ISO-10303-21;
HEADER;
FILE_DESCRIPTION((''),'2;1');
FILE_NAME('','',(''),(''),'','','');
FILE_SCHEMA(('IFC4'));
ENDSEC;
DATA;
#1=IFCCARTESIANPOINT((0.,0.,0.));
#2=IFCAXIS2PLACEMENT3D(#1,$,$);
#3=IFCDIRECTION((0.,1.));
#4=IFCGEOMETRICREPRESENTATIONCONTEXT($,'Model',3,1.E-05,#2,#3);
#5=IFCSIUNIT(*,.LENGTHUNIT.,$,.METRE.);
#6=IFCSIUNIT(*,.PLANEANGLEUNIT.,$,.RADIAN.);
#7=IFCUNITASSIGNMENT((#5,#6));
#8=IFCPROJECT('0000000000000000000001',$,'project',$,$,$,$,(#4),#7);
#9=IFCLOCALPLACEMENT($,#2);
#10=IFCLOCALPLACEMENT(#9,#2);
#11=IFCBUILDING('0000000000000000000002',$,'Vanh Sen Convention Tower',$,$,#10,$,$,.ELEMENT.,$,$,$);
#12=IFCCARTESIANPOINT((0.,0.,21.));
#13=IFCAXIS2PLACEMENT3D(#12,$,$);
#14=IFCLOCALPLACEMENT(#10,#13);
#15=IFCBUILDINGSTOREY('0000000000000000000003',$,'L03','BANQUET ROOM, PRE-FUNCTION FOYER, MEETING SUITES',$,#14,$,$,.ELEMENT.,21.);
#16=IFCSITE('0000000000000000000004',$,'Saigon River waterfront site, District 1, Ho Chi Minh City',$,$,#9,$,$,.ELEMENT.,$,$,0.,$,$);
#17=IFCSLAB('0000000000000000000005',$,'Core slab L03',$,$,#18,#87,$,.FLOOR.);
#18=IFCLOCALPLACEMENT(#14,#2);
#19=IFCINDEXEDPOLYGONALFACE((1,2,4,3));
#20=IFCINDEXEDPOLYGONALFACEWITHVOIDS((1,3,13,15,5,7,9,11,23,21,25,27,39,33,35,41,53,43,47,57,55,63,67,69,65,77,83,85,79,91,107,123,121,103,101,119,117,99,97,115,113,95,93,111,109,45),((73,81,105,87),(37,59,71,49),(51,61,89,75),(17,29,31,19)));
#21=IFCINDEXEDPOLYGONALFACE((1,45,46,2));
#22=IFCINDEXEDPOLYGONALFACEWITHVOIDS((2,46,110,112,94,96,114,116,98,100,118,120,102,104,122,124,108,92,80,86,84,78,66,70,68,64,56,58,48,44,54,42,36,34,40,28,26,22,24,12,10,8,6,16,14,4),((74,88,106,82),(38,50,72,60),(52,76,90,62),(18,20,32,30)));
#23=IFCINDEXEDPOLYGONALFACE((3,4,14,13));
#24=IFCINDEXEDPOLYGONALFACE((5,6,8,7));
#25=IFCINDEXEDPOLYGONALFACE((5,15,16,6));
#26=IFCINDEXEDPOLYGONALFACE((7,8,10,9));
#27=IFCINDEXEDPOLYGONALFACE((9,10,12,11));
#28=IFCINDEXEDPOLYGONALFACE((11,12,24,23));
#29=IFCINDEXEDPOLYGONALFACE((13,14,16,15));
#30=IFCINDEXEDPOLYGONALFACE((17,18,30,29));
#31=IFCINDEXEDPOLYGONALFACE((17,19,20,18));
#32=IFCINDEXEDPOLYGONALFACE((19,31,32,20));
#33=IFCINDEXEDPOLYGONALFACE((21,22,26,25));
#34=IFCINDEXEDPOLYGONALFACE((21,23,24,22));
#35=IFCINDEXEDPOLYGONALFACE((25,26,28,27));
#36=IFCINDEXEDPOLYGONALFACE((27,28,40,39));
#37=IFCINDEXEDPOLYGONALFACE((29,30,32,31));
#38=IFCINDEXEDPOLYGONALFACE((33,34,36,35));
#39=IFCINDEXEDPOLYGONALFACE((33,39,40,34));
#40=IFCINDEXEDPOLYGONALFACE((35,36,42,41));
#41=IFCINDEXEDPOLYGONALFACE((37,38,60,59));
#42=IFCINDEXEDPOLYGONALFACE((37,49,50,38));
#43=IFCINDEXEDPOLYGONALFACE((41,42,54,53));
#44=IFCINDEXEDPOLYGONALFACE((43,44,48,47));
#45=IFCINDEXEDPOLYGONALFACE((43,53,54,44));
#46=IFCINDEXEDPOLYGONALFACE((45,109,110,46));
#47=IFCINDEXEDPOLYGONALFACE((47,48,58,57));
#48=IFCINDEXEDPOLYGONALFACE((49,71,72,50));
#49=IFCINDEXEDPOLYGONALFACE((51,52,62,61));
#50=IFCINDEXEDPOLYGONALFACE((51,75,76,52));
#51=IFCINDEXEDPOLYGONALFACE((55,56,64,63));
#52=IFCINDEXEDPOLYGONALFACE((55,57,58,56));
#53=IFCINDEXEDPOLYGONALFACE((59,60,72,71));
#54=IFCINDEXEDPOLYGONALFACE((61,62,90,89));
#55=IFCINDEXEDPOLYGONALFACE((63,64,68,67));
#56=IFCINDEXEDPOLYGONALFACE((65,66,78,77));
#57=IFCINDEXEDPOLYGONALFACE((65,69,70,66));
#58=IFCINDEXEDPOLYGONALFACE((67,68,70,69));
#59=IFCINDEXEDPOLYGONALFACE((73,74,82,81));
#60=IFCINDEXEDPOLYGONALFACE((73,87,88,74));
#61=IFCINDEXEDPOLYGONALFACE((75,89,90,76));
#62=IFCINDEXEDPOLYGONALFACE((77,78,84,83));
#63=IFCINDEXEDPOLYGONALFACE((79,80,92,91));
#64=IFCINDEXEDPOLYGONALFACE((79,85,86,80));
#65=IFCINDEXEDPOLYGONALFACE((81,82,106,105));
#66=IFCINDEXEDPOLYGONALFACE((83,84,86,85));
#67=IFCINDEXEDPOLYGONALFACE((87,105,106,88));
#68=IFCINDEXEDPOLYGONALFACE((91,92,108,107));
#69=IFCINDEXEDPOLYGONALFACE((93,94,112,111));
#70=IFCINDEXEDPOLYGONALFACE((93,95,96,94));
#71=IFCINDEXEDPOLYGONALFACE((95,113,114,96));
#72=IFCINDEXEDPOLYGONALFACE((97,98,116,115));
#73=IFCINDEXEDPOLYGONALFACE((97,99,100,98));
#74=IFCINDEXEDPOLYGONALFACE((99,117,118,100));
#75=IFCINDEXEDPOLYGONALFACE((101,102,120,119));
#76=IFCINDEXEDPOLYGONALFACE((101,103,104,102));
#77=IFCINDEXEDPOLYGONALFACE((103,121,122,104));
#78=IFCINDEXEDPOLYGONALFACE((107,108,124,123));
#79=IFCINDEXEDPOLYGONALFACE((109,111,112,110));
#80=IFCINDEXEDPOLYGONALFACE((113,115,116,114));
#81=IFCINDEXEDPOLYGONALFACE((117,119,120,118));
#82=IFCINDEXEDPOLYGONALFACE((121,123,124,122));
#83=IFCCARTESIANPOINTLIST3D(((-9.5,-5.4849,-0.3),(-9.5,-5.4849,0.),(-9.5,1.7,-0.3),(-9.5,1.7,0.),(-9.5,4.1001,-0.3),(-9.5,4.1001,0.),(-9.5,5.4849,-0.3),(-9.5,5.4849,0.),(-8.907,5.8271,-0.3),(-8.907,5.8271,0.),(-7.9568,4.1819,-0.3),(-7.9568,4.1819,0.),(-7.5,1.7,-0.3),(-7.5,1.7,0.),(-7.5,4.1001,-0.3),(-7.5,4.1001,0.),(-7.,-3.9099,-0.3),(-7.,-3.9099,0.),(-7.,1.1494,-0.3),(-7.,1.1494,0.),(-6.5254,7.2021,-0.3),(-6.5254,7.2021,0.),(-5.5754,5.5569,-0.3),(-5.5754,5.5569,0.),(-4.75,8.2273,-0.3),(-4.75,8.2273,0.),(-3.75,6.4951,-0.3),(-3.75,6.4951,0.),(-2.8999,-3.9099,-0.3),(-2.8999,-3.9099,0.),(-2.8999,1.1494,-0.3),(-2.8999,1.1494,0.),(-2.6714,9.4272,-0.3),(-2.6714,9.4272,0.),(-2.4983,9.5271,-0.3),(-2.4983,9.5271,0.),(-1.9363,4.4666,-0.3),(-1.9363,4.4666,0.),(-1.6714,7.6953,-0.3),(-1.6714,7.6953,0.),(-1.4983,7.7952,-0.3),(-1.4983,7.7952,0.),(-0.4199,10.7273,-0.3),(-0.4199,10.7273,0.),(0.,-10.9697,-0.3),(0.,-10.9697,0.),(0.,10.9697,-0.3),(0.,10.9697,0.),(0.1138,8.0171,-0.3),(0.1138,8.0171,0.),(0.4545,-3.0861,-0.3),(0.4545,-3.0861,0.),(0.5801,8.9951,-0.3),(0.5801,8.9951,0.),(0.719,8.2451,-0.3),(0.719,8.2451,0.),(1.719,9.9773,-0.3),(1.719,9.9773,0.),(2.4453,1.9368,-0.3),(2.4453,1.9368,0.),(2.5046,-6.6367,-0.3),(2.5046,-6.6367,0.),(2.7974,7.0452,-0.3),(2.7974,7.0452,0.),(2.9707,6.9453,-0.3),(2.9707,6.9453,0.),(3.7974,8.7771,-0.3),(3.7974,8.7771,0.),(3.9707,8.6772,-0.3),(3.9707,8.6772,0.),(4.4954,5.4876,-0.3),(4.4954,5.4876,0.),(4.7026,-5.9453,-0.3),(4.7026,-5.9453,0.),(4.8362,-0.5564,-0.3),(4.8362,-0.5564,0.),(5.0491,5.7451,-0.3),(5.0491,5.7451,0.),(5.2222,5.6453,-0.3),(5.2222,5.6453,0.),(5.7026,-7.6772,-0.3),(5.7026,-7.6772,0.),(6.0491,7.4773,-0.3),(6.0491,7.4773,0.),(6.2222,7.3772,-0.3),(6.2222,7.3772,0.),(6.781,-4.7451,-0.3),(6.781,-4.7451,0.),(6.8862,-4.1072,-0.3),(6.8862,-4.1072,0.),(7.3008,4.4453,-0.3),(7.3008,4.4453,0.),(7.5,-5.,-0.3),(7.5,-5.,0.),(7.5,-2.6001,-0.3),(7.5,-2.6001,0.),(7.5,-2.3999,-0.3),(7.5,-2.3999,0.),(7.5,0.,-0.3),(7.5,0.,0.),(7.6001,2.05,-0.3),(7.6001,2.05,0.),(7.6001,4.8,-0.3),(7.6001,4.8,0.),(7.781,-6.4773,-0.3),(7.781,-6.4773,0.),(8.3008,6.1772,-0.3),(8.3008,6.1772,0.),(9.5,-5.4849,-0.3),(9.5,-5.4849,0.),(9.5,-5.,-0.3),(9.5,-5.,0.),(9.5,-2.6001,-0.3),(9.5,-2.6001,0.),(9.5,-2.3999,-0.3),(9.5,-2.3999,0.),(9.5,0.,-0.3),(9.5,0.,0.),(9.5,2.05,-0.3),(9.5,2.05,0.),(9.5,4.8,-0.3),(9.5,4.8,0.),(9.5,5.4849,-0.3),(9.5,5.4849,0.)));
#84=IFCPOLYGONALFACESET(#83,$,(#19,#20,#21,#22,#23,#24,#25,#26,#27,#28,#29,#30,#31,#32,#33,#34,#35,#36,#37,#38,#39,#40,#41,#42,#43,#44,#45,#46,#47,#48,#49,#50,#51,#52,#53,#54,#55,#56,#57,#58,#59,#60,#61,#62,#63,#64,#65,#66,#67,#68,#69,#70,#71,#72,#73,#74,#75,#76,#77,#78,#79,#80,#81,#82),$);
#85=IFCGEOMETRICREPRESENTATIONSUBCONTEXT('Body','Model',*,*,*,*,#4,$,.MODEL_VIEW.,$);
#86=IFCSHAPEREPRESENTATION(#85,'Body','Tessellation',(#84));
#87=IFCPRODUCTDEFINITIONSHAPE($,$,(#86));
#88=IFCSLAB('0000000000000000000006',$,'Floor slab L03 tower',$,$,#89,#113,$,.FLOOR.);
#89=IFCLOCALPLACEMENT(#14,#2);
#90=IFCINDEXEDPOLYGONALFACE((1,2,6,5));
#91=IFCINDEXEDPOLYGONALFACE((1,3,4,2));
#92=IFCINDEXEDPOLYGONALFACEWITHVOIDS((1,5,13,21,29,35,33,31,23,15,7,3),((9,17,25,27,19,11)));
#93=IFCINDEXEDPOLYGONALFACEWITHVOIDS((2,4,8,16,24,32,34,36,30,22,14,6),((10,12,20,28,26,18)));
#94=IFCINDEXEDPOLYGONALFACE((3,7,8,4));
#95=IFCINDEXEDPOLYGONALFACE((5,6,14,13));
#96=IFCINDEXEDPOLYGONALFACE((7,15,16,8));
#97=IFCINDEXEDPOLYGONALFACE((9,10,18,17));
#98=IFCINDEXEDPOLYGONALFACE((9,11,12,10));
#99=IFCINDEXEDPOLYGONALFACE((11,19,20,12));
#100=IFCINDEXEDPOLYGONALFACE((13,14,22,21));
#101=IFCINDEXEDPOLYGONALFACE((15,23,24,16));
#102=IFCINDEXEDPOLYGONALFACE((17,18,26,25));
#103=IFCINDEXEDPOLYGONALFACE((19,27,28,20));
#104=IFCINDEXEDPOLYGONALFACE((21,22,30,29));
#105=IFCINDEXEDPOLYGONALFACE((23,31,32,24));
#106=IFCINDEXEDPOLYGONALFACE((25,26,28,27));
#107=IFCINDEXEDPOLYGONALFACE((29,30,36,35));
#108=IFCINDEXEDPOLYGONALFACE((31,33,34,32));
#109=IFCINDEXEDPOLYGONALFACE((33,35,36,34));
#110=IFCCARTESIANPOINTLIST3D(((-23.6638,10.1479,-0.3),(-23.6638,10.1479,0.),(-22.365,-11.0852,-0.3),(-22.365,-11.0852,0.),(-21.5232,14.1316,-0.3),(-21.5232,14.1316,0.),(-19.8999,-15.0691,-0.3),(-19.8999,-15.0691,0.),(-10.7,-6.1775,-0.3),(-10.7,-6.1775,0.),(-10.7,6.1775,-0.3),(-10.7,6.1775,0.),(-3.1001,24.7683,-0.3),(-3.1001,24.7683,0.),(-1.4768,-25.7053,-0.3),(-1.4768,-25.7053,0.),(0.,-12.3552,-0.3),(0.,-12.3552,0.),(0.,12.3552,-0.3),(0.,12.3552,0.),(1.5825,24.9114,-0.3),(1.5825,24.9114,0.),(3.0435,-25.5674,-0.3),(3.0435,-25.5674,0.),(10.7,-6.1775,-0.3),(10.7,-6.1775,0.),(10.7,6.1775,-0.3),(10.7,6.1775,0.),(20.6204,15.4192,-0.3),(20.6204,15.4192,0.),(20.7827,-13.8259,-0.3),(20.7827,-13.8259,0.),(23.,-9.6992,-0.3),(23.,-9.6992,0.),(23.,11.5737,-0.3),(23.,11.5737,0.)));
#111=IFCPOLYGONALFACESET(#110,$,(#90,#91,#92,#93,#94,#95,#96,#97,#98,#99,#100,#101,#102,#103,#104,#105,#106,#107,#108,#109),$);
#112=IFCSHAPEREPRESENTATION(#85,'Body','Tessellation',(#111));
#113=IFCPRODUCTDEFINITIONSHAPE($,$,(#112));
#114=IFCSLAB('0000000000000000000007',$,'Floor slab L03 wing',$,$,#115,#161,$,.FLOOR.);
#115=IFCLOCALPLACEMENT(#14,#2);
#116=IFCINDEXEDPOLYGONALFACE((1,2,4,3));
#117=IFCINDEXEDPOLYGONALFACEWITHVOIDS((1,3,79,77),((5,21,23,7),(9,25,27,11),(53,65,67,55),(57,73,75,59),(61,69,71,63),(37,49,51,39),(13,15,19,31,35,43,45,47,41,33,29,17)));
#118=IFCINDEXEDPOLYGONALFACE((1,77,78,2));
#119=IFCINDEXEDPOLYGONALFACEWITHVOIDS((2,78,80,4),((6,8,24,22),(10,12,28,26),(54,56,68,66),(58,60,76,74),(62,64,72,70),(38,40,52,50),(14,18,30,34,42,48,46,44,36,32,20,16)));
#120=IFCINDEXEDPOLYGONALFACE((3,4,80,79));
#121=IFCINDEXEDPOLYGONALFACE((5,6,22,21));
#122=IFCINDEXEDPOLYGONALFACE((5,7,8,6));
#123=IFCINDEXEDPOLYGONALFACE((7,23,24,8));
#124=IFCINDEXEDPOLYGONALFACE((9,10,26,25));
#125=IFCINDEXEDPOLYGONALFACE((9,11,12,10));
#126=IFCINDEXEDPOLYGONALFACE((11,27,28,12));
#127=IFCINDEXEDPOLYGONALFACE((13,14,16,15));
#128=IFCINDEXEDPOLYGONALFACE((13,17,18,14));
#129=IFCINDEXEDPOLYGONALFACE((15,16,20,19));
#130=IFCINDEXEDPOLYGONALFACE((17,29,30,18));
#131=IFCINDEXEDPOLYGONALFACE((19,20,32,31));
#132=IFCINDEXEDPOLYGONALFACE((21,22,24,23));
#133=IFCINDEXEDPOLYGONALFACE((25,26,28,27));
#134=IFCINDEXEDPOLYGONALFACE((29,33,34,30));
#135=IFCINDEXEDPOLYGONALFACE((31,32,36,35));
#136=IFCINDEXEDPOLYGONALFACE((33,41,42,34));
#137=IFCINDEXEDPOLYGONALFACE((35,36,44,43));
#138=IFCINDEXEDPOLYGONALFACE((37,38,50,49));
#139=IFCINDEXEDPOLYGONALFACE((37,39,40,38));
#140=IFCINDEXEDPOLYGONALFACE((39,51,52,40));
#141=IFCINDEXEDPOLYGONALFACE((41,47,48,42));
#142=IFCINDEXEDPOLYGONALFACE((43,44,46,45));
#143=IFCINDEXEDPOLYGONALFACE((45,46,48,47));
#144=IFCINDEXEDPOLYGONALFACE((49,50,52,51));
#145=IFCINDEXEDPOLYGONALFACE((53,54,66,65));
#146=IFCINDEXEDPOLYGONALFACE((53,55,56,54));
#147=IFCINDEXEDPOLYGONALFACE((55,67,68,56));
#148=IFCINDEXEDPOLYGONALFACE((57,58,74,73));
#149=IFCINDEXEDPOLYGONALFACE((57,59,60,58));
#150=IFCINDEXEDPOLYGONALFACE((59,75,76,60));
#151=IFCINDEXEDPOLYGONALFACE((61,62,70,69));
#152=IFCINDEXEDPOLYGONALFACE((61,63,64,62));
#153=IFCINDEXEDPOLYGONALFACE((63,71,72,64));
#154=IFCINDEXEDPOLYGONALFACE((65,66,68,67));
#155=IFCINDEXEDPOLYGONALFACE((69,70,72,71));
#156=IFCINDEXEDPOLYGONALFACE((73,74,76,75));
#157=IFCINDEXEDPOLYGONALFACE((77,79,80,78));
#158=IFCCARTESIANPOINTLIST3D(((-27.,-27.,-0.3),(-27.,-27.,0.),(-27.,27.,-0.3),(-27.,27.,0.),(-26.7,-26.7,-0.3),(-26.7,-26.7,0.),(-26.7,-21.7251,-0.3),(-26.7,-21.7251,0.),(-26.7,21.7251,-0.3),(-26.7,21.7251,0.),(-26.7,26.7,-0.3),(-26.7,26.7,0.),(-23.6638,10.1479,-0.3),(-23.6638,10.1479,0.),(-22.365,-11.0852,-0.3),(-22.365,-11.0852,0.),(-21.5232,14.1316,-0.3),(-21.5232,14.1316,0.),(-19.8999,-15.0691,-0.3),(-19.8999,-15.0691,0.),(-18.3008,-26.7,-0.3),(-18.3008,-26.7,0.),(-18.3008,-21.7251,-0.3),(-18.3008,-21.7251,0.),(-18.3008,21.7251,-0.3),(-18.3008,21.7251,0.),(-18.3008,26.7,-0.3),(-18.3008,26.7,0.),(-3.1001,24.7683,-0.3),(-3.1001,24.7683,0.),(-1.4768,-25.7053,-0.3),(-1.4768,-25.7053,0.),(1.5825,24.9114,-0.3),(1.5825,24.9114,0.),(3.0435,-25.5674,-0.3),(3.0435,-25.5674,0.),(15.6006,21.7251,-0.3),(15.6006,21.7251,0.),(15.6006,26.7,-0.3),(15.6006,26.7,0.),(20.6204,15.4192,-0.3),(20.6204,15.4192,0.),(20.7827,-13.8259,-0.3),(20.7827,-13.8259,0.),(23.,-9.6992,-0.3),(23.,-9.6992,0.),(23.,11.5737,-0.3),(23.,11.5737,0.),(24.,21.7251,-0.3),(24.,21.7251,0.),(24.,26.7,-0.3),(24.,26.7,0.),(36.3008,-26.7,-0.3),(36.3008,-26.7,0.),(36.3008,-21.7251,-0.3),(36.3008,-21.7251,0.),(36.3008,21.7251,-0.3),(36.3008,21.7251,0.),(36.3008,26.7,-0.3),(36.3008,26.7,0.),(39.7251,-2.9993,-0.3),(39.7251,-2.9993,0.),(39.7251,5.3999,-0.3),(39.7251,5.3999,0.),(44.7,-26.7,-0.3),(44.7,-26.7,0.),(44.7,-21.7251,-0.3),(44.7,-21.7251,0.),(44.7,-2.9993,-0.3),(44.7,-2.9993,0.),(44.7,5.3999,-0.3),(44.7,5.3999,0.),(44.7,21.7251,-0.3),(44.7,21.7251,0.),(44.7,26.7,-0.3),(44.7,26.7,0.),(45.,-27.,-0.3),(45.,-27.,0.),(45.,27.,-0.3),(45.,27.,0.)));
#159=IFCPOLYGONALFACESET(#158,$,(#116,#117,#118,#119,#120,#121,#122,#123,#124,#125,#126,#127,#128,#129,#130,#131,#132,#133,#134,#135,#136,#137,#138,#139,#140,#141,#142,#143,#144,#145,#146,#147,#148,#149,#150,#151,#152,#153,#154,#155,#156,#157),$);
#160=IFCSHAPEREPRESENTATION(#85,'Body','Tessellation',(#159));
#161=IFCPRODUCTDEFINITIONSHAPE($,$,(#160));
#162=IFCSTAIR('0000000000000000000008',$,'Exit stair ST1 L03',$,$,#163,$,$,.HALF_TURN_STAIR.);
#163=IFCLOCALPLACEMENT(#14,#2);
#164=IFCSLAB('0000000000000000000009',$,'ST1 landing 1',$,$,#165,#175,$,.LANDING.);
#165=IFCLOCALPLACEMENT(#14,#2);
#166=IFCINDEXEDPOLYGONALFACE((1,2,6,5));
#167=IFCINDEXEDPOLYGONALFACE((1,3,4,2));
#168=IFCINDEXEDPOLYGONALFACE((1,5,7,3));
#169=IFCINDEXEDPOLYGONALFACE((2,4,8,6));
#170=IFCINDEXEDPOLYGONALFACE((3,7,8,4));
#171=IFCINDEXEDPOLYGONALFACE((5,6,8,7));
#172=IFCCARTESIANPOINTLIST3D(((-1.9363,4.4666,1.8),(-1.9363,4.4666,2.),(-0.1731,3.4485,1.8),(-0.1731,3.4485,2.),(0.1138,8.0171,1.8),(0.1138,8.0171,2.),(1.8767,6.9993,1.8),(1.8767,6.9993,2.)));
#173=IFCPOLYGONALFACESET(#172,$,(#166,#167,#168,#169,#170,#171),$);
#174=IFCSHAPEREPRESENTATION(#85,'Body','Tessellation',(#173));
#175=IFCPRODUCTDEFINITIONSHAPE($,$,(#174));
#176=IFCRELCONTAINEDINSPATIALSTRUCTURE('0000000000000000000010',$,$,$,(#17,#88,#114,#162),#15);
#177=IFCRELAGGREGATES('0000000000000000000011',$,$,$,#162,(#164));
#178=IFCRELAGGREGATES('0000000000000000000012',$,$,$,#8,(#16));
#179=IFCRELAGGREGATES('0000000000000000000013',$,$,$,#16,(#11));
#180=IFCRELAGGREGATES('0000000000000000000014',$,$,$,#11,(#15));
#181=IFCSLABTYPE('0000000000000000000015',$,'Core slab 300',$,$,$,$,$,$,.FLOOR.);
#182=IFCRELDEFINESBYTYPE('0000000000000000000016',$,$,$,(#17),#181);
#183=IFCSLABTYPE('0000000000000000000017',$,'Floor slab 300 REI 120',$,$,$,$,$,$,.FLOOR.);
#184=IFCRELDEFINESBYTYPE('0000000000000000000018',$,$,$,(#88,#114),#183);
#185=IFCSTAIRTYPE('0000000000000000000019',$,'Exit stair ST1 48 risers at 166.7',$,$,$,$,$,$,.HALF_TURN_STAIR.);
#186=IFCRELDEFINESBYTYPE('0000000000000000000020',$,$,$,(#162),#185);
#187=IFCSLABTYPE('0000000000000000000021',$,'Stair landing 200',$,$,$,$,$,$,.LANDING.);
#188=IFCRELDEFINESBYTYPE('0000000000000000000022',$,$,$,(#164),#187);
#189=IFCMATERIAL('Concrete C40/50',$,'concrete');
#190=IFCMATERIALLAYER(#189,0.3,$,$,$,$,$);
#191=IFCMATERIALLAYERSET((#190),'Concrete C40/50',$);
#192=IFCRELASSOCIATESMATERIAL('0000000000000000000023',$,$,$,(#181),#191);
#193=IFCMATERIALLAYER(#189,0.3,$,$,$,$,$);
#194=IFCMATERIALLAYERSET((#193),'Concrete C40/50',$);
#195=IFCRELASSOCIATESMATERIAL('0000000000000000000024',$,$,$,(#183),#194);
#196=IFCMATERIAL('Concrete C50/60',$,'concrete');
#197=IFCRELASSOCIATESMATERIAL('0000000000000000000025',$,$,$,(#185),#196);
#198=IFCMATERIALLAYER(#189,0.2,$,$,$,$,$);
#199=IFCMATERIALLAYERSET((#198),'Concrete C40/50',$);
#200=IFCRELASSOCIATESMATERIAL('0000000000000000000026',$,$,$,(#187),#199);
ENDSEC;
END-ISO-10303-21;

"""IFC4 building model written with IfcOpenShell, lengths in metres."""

from ifc_helpers import new_model, si_unit, direction, frame, origin, place, context, subcontext, project, spatial, polyline, outline, extrude, material, layer, layer_set, type_object, element, aggregate, save


model = new_model("IFC4")

# Units and contexts
model_context = context("Model", 3, precision=1e-05, world=origin(), true_north=direction((0.0, 1.0)))
body_context = subcontext(model_context, "Body", "Model", "MODEL_VIEW")
ifc_project = project(units=[si_unit("LENGTHUNIT", "METRE"), si_unit("PLANEANGLEUNIT", "RADIAN")], contexts=[model_context])

# Site, building, storey
site_placement = place(None, origin())
site = spatial("IfcSite", under=ifc_project, at=site_placement, Name="Saigon River waterfront site, District 1, Ho Chi Minh City", CompositionType="ELEMENT", RefElevation=0.0)
building_placement = place(site_placement, origin())
building = spatial("IfcBuilding", under=site, at=building_placement, Name="Vanh Sen Convention Tower", CompositionType="ELEMENT")
storey_placement = place(building_placement, frame((0.0, 0.0, 21.0)))
storey = spatial("IfcBuildingStorey", under=building, at=storey_placement, Name="L03", Description="BANQUET ROOM, PRE-FUNCTION FOYER, MEETING SUITES", CompositionType="ELEMENT", Elevation=21.0)

# Slabs
ifc_material_1 = material(Name="Concrete C40/50", Category="concrete")
ifc_layer_1 = layer(ifc_material_1, 0.3)
ifc_layer_set_1 = layer_set([ifc_layer_1], Name="Concrete C40/50")
slab_type_1 = type_object("IfcSlabType", Name="Core slab 300", PredefinedType="FLOOR", material=ifc_layer_set_1)
slab_1_placement = place(storey_placement, frame((0.0, 0.0, -0.3)))
element("IfcSlab", 1, at=slab_1_placement, inside=storey, type_object=slab_type_1, Name="Core slab L03", PredefinedType="FLOOR", context=body_context, shape_type="SweptSolid", body=[
    extrude(outline(polyline([(9.5, 5.4849), (9.5, 4.8), (7.6001, 4.8), (7.6001, 2.05), (9.5, 2.05), (9.5, 0.0), (7.5, 0.0), (7.5, -2.3999), (9.5, -2.3999), (9.5, -2.6001), (7.5, -2.6001), (7.5, -5.0), (9.5, -5.0), (9.5, -5.4849), (0.0, -10.9697), (-9.5, -5.4849), (-9.5, 1.7), (-7.5, 1.7), (-7.5, 4.1001), (-9.5, 4.1001), (-9.5, 5.4849), (-8.907, 5.8271), (-7.9568, 4.1819), (-5.5754, 5.5569), (-6.5254, 7.2021), (-4.75, 8.2273), (-3.75, 6.4951), (-1.6714, 7.6953), (-2.6714, 9.4272), (-2.4983, 9.5271), (-1.4983, 7.7952), (0.5801, 8.9951), (-0.4199, 10.7273), (0.0, 10.9697), (1.719, 9.9773), (0.719, 8.2451), (2.7974, 7.0452), (3.7974, 8.7771), (3.9707, 8.6772), (2.9707, 6.9453), (5.0491, 5.7451), (6.0491, 7.4773), (6.2222, 7.3772), (5.2222, 5.6453), (7.3008, 4.4453), (8.3008, 6.1772), (9.5, 5.4849)]), holes=[polyline([(-7.0, 3.1499), (-7.0, -3.9099), (-2.8999, -3.9099), (-2.8999, 3.1499), (-2.8999, 1.1494), (-7.0, 1.1494), (-7.0, 3.1499)]), polyline([(4.4954, 5.4875), (6.228, 4.4873), (0.1138, 8.0171), (-1.9363, 4.4666), (2.4453, 1.9368), (4.4954, 5.4875)]), polyline([(7.781, -6.4773), (6.781, -4.7451), (4.7026, -5.9453), (5.7026, -7.6772), (7.781, -6.4773)]), polyline([(0.4546, -3.0862), (2.5046, -6.6367), (6.8862, -4.1072), (4.8362, -0.5564), (-1.2781, -4.0864), (0.4546, -3.0862)])]), origin(), (0.0, 0.0, 1.0), 0.3),
])
ifc_layer_2 = layer(ifc_material_1, 0.3)
ifc_layer_set_2 = layer_set([ifc_layer_2], Name="Concrete C40/50")
slab_type_2 = type_object("IfcSlabType", Name="Floor slab 300 REI 120", PredefinedType="FLOOR", material=ifc_layer_set_2)
slab_2_placement = place(storey_placement, frame((0.0, 0.0, -0.3)))
element("IfcSlab", 2, at=slab_2_placement, inside=storey, type_object=slab_type_2, Name="Floor slab L03 tower", PredefinedType="FLOOR", context=body_context, shape_type="SweptSolid", body=[
    extrude(outline(polyline([(-23.6638, 10.1479), (-22.365, -11.0852), (-19.8999, -15.0691), (-1.4768, -25.7053), (3.0435, -25.5674), (20.7827, -13.8259), (23.0, -9.6992), (23.0, 11.5737), (20.6204, 15.4192), (1.5825, 24.9114), (-3.1001, 24.7683), (-21.5232, 14.1316), (-23.6638, 10.1479)]), holes=[polyline([(0.0, 12.3552), (-10.7, 6.1775), (-10.7, -6.1775), (0.0, -12.3552), (10.7, -6.1775), (10.7, 6.1775), (0.0, 12.3552)])]), origin(), (0.0, 0.0, 1.0), 0.3),
])
slab_3_placement = place(storey_placement, frame((0.0, 0.0, -0.3)))
element("IfcSlab", 3, at=slab_3_placement, inside=storey, type_object=slab_type_2, Name="Floor slab L03 wing", PredefinedType="FLOOR", context=body_context, shape_type="SweptSolid", body=[
    extrude(outline(polyline([(45.0, 27.0), (-27.0, 27.0), (-27.0, -27.0), (45.0, -27.0), (45.0, 27.0)]), holes=[polyline([(-22.365, -11.0852), (-19.8999, -15.0691), (-1.4768, -25.7053), (3.0435, -25.5674), (20.7827, -13.8259), (23.0, -9.6992), (23.0, 11.5737), (20.6204, 15.4192), (1.5825, 24.9114), (-3.1001, 24.7683), (-21.5232, 14.1316), (-23.6638, 10.1479), (-22.365, -11.0852)]), polyline([(44.7, 26.7), (36.3008, 26.7), (36.3008, 21.7251), (44.7, 21.7251), (44.7, 26.7)]), polyline([(36.3008, -26.7), (44.7, -26.7), (44.7, -21.7251), (36.3008, -21.7251), (36.3008, -26.7)]), polyline([(39.7251, -2.9993), (44.7, -2.9993), (44.7, 5.3999), (39.7251, 5.3999), (39.7251, -2.9993)]), polyline([(15.6006, 26.7), (15.6006, 21.7251), (24.0, 21.7251), (24.0, 26.7), (15.6006, 26.7)]), polyline([(-26.7, 26.7), (-26.7, 21.7251), (-18.3008, 21.7251), (-18.3008, 26.7), (-26.7, 26.7)]), polyline([(-26.7, -21.7251), (-26.7, -26.7), (-18.3008, -26.7), (-18.3008, -21.7251), (-26.7, -21.7251)])]), origin(), (0.0, 0.0, 1.0), 0.3),
])

# Stair, slab
ifc_material_2 = material(Name="Concrete C50/60", Category="concrete")
stair_type_1 = type_object("IfcStairType", Name="Exit stair ST1 48 risers at 166.7", PredefinedType="HALF_TURN_STAIR", material=ifc_material_2)
stair_1_placement = place(storey_placement, origin())
stair_1 = element("IfcStair", 4, at=stair_1_placement, inside=storey, type_object=stair_type_1, Name="Exit stair ST1 L03", PredefinedType="HALF_TURN_STAIR")
ifc_layer_3 = layer(ifc_material_1, 0.2)
ifc_layer_set_3 = layer_set([ifc_layer_3], Name="Concrete C40/50")
slab_type_3 = type_object("IfcSlabType", Name="Stair landing 200", PredefinedType="LANDING", material=ifc_layer_set_3)
slab_4_placement = place(storey_placement, frame((0.0, 0.0, 1.8)))
slab_4 = element("IfcSlab", 5, at=slab_4_placement, type_object=slab_type_3, Name="ST1 landing 1", PredefinedType="LANDING", context=body_context, shape_type="SweptSolid", body=[
    extrude(outline(polyline([(1.8767, 6.9993), (0.1138, 8.0171), (-1.9363, 4.4666), (-0.1731, 3.4485), (1.8767, 6.9993)])), origin(), (0.0, 0.0, 1.0), 0.2),
])
aggregate(stair_1, [slab_4])

save(model, "model.ifc")
